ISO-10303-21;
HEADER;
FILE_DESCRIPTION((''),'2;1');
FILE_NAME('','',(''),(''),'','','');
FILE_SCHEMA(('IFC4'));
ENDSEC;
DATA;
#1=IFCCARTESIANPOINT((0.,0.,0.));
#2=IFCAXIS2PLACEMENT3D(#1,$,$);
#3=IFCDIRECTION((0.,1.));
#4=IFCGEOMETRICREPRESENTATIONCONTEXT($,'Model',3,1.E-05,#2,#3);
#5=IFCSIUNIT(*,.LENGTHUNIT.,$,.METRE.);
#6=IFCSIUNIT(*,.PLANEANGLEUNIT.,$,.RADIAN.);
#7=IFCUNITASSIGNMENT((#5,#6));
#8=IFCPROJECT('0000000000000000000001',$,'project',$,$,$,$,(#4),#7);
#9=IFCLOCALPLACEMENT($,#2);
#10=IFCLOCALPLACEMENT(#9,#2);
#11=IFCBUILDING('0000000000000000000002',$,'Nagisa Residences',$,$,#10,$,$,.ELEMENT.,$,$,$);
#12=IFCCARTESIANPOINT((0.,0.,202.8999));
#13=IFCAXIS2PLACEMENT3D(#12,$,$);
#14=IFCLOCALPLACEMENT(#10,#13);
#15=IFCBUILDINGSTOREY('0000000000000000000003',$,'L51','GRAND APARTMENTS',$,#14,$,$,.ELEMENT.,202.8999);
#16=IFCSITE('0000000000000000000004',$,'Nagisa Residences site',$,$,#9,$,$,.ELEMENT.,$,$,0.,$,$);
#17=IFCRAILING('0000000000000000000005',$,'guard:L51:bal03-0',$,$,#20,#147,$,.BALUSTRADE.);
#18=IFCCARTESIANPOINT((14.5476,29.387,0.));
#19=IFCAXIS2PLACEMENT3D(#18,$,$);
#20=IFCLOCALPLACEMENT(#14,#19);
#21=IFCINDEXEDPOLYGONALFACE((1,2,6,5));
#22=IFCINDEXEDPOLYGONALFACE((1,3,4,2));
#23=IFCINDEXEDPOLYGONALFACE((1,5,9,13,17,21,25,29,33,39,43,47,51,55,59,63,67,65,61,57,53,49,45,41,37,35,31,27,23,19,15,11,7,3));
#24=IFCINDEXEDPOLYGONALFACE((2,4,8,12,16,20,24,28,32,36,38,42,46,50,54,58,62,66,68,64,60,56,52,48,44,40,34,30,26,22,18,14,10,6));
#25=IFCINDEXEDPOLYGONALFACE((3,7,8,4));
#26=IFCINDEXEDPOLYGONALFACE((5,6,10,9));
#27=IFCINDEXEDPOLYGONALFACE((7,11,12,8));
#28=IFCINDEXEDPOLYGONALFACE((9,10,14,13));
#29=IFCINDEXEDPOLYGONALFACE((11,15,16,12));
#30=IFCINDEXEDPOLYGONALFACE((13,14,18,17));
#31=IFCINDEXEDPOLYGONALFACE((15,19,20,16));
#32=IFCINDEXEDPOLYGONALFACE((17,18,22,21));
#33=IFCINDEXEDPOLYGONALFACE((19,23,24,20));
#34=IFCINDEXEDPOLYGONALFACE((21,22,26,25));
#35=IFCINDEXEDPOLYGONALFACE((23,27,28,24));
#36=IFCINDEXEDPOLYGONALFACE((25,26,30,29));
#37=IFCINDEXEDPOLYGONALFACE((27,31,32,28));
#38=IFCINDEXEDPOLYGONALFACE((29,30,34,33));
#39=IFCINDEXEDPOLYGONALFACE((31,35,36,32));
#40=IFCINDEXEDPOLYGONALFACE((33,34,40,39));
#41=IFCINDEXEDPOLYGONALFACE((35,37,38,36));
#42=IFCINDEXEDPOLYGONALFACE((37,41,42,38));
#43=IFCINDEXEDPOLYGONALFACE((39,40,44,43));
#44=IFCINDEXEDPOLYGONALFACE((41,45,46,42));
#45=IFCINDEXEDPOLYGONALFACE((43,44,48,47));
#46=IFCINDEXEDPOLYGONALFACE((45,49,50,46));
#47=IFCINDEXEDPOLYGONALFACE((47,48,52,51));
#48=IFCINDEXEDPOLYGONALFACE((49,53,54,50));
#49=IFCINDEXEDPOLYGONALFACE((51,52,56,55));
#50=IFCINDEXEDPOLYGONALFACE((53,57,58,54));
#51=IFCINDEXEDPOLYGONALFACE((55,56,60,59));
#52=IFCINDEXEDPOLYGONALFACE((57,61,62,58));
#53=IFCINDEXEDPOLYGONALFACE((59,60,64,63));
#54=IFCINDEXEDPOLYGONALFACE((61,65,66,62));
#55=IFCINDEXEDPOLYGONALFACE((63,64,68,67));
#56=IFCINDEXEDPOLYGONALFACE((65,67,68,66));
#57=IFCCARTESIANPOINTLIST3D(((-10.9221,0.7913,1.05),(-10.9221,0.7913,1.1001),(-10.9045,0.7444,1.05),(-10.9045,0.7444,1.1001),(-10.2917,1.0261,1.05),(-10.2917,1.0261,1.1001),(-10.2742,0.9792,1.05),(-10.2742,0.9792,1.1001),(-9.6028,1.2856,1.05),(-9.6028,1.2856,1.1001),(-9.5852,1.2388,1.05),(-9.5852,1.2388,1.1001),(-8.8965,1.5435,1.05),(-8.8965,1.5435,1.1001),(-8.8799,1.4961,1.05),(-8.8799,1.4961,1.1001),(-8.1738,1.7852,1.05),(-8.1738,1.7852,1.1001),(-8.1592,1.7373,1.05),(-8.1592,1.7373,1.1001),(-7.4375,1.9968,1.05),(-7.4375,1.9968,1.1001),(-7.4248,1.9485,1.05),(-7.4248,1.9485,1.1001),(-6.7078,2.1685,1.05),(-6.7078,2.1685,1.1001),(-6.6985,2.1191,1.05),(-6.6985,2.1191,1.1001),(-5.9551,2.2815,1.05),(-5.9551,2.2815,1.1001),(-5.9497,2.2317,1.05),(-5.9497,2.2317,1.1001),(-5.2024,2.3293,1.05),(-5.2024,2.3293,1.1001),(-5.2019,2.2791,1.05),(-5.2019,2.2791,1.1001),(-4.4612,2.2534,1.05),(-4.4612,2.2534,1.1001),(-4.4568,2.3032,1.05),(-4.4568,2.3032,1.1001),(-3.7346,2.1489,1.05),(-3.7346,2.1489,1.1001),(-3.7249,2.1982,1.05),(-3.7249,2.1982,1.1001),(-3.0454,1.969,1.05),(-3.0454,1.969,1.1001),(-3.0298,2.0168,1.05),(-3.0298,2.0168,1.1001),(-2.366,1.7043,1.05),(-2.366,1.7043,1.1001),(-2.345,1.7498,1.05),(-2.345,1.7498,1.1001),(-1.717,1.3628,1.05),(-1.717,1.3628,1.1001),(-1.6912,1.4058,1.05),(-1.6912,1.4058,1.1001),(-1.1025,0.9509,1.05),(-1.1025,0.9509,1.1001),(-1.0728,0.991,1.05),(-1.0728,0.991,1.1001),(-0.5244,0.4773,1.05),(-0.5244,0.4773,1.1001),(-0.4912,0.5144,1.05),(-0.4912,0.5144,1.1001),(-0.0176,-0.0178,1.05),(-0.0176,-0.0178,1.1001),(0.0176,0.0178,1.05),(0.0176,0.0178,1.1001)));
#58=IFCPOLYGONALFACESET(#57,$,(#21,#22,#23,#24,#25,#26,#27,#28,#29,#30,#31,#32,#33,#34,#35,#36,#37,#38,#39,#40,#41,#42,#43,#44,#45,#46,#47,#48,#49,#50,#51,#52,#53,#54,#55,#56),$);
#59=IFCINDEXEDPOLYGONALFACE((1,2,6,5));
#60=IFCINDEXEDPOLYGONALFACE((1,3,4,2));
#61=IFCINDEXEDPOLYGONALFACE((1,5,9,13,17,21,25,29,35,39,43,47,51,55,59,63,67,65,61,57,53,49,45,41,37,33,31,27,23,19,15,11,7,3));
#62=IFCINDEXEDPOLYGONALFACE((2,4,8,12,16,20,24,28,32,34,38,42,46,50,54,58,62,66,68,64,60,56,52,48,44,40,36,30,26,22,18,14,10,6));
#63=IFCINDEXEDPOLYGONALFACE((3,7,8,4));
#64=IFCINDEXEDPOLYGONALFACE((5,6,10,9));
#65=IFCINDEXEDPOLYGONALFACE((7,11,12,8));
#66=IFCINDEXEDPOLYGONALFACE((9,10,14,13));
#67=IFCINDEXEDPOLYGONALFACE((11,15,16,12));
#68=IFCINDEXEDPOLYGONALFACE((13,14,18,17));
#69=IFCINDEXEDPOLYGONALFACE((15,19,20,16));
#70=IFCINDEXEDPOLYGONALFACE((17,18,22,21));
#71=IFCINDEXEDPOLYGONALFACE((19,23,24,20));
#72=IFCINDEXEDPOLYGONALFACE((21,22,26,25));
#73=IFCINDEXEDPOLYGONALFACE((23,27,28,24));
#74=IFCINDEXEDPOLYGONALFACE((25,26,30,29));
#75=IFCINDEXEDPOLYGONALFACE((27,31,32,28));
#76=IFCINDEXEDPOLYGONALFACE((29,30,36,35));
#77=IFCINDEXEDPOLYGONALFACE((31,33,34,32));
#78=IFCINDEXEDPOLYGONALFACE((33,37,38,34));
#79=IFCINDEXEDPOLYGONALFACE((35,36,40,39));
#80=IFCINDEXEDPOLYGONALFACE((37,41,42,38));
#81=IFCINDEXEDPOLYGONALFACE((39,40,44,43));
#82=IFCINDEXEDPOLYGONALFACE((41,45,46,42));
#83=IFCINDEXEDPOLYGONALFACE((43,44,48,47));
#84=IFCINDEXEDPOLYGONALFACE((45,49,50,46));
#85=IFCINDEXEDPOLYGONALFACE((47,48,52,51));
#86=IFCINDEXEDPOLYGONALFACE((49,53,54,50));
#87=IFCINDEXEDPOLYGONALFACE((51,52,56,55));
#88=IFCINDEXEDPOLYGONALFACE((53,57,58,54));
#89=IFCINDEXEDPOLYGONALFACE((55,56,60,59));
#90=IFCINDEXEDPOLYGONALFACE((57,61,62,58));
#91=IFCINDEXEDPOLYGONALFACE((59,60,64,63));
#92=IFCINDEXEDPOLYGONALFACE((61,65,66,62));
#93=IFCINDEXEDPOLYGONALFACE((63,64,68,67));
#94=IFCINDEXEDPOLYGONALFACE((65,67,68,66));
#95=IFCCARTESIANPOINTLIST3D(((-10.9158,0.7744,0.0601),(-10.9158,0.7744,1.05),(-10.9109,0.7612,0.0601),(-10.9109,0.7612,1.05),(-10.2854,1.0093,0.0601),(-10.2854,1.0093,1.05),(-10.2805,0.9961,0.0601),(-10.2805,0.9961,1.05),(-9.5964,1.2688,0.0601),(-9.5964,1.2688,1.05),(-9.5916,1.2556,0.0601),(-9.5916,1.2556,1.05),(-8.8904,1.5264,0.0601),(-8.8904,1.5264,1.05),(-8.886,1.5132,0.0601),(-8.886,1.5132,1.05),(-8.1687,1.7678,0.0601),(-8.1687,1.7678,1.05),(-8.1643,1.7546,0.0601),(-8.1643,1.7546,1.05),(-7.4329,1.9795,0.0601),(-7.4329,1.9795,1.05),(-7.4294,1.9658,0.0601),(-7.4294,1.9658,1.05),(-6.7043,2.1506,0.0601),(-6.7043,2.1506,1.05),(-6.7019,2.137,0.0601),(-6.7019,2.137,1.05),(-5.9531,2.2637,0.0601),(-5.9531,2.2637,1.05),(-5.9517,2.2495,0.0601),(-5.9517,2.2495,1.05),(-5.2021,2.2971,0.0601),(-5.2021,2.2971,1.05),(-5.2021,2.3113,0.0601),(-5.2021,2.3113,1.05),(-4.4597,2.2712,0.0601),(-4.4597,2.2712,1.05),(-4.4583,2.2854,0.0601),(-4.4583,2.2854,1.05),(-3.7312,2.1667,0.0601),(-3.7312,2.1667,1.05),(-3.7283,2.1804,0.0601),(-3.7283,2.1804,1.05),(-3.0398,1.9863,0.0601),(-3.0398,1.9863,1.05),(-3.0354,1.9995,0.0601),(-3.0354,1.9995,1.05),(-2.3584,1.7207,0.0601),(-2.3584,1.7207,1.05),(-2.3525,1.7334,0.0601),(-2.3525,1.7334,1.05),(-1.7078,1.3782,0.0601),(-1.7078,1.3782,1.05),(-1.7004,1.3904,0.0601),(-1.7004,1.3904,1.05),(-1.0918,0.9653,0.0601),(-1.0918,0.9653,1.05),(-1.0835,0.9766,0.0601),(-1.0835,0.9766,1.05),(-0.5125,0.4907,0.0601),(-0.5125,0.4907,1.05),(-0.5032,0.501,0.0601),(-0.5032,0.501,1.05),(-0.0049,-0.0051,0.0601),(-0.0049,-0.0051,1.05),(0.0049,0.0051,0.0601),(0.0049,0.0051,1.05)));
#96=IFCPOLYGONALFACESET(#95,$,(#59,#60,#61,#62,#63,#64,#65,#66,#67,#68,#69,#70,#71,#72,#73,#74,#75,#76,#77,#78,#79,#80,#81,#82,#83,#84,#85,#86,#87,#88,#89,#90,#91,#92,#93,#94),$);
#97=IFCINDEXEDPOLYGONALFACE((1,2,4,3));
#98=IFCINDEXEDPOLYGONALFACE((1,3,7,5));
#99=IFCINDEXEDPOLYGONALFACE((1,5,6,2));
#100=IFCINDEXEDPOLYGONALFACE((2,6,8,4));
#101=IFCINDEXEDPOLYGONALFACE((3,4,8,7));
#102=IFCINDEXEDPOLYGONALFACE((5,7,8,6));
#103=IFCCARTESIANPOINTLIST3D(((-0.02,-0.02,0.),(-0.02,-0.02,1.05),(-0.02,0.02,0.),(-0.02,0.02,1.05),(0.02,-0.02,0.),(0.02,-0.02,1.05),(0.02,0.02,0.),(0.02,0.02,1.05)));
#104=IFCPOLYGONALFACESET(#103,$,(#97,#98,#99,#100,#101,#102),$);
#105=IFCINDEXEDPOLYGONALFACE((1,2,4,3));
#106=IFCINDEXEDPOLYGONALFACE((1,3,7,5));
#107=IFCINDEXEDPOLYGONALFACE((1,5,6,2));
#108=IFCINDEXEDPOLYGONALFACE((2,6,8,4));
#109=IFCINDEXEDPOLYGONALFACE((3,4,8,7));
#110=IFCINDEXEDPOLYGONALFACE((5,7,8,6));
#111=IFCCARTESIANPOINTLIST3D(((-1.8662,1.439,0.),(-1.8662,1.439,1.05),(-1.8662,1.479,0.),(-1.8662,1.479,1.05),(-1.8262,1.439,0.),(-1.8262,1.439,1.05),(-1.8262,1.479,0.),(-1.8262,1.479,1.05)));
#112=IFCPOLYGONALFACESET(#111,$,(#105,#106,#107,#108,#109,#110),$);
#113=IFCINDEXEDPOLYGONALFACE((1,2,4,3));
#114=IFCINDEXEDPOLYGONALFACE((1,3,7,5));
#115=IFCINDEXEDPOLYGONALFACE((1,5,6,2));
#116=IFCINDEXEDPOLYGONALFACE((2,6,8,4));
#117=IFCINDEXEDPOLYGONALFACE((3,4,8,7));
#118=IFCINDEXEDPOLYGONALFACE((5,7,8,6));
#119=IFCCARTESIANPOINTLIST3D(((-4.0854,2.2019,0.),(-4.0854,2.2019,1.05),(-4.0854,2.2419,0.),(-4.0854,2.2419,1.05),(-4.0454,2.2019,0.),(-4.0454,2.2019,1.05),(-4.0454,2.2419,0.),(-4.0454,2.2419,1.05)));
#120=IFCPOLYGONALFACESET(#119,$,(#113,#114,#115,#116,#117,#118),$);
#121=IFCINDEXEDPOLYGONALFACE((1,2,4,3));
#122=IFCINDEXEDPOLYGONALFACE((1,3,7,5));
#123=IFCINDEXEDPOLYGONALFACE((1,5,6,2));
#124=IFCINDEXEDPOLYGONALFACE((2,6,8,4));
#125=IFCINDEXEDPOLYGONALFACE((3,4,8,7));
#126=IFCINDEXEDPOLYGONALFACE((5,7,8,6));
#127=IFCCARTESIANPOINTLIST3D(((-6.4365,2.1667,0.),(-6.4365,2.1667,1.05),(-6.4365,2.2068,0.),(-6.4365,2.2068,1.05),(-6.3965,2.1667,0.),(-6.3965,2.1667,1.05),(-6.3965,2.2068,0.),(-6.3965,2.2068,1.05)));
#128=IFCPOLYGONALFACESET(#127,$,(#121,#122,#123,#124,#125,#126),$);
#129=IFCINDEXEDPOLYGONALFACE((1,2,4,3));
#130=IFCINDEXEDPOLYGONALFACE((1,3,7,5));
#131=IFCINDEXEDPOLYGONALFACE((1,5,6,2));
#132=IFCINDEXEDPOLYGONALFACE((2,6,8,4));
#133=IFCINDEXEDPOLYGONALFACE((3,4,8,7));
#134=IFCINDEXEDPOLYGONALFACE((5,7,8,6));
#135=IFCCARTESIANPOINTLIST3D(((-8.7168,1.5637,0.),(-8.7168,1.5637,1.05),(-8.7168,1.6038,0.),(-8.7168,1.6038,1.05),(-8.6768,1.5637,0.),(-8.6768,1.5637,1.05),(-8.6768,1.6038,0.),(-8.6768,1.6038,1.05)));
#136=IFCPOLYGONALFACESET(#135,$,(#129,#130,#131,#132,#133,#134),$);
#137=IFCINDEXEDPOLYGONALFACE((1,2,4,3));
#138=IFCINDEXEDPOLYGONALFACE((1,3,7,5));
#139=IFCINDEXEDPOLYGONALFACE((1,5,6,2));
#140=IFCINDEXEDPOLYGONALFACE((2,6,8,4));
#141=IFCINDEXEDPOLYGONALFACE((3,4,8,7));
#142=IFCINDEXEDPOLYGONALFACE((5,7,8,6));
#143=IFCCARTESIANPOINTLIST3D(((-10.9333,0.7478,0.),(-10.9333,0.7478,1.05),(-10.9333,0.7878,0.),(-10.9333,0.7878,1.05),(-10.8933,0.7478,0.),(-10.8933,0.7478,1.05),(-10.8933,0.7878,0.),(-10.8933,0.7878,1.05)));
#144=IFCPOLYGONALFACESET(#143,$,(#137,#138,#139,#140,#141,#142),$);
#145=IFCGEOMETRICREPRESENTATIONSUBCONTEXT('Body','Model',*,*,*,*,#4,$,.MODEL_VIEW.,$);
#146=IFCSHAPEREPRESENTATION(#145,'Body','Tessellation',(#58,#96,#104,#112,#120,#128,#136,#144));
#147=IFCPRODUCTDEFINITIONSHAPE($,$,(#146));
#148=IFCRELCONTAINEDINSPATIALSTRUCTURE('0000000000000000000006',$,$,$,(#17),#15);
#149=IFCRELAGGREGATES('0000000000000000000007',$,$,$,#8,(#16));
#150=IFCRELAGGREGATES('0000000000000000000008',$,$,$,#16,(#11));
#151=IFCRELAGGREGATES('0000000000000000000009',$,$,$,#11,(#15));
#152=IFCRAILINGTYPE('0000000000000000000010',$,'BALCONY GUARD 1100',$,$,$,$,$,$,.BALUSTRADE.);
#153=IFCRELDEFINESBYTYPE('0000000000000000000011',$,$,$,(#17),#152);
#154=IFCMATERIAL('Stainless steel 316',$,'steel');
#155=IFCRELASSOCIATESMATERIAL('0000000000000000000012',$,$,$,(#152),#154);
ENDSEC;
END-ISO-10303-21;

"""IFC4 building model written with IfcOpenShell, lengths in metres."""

from ifc_helpers import new_model, si_unit, direction, frame, origin, origin_2d, place, context, subcontext, project, spatial, polyline, rectangle, outline, extrude, material, type_object, element, save


model = new_model("IFC4")

# Units and contexts
model_context = context("Model", 3, precision=1e-05, world=origin(), true_north=direction((0.0, 1.0)))
body_context = subcontext(model_context, "Body", "Model", "MODEL_VIEW")
ifc_project = project(units=[si_unit("LENGTHUNIT", "METRE"), si_unit("PLANEANGLEUNIT", "RADIAN")], contexts=[model_context])

# Site, building, storey
site_placement = place(None, origin())
site = spatial("IfcSite", under=ifc_project, at=site_placement, Name="Nagisa Residences site", CompositionType="ELEMENT", RefElevation=0.0)
building_placement = place(site_placement, origin())
building = spatial("IfcBuilding", under=site, at=building_placement, Name="Nagisa Residences", CompositionType="ELEMENT")
storey_placement = place(building_placement, frame((0.0, 0.0, 202.8999)))
storey = spatial("IfcBuildingStorey", under=building, at=storey_placement, Name="L51", Description="GRAND APARTMENTS", CompositionType="ELEMENT", Elevation=202.8999)

# Railing
ifc_material_1 = material(Name="Stainless steel 316", Category="steel")
railing_type = type_object("IfcRailingType", Name="BALCONY GUARD 1100", PredefinedType="BALUSTRADE", material=ifc_material_1)
railing_1_placement = place(storey_placement, frame((14.5476, 29.387, 0.0)))
element("IfcRailing", 1, at=railing_1_placement, inside=storey, type_object=railing_type, Name="guard:L51:bal03-0", PredefinedType="BALUSTRADE", context=body_context, shape_type="SweptSolid", body=[
    extrude(outline(polyline([(-0.5244, 0.4773), (-0.0176, -0.0178), (0.0176, 0.0178), (-0.4912, 0.5144), (-1.0728, 0.991), (-1.6912, 1.4058), (-2.345, 1.7498), (-3.0298, 2.0168), (-3.7249, 2.1982), (-4.4568, 2.3032), (-5.2024, 2.3293), (-5.9551, 2.2815), (-6.7078, 2.1685), (-7.4375, 1.9968), (-8.1738, 1.7852), (-8.8965, 1.5435), (-9.6028, 1.2856), (-10.2917, 1.0261), (-10.9221, 0.7913), (-10.9045, 0.7444), (-10.2742, 0.9792), (-9.5852, 1.2388), (-8.8799, 1.4961), (-8.1592, 1.7373), (-7.4248, 1.9485), (-6.6985, 2.1191), (-5.9497, 2.2317), (-5.2019, 2.2791), (-4.4612, 2.2534), (-3.7346, 2.1489), (-3.0454, 1.969), (-2.366, 1.7043), (-1.717, 1.3628), (-1.1025, 0.9509), (-0.5244, 0.4773)])), frame((0.0, 0.0, 1.05)), (0.0, 0.0, 1.0), 0.05),
    extrude(outline(polyline([(-0.5125, 0.4907), (-0.0049, -0.0051), (0.0049, 0.0051), (-0.5032, 0.501), (-1.0835, 0.9766), (-1.7004, 1.3904), (-2.3525, 1.7334), (-3.0354, 1.9995), (-3.7283, 2.1804), (-4.4583, 2.2854), (-5.2021, 2.3113), (-5.9531, 2.2637), (-6.7043, 2.1506), (-7.4329, 1.9795), (-8.1687, 1.7678), (-8.8904, 1.5264), (-9.5964, 1.2688), (-10.2854, 1.0093), (-10.9158, 0.7744), (-10.9109, 0.7612), (-10.2805, 0.9961), (-9.5916, 1.2556), (-8.886, 1.5132), (-8.1643, 1.7546), (-7.4294, 1.9658), (-6.7019, 2.137), (-5.9517, 2.2495), (-5.2021, 2.2971), (-4.4597, 2.2712), (-3.7312, 2.1667), (-3.0398, 1.9863), (-2.3584, 1.7207), (-1.7078, 1.3782), (-1.0918, 0.9653), (-0.5125, 0.4907)])), frame((0.0, 0.0, 0.0601)), (0.0, 0.0, 1.0), 0.99),
    extrude(rectangle(XDim=0.04, YDim=0.04, at=origin_2d()), origin(), (0.0, 0.0, 1.0), 1.05),
    extrude(rectangle(XDim=0.04, YDim=0.04, at=origin_2d()), frame((-1.8462, 1.459, 0.0)), (0.0, 0.0, 1.0), 1.05),
    extrude(rectangle(XDim=0.04, YDim=0.04, at=origin_2d()), frame((-4.0654, 2.2219, 0.0)), (0.0, 0.0, 1.0), 1.05),
    extrude(rectangle(XDim=0.04, YDim=0.04, at=origin_2d()), frame((-6.4165, 2.1868, 0.0)), (0.0, 0.0, 1.0), 1.05),
    extrude(rectangle(XDim=0.04, YDim=0.04, at=origin_2d()), frame((-8.6968, 1.5837, 0.0)), (0.0, 0.0, 1.0), 1.05),
    extrude(rectangle(XDim=0.04, YDim=0.04, at=origin_2d()), frame((-10.9133, 0.7678, 0.0)), (0.0, 0.0, 1.0), 1.05),
])

save(model, "model.ifc")
